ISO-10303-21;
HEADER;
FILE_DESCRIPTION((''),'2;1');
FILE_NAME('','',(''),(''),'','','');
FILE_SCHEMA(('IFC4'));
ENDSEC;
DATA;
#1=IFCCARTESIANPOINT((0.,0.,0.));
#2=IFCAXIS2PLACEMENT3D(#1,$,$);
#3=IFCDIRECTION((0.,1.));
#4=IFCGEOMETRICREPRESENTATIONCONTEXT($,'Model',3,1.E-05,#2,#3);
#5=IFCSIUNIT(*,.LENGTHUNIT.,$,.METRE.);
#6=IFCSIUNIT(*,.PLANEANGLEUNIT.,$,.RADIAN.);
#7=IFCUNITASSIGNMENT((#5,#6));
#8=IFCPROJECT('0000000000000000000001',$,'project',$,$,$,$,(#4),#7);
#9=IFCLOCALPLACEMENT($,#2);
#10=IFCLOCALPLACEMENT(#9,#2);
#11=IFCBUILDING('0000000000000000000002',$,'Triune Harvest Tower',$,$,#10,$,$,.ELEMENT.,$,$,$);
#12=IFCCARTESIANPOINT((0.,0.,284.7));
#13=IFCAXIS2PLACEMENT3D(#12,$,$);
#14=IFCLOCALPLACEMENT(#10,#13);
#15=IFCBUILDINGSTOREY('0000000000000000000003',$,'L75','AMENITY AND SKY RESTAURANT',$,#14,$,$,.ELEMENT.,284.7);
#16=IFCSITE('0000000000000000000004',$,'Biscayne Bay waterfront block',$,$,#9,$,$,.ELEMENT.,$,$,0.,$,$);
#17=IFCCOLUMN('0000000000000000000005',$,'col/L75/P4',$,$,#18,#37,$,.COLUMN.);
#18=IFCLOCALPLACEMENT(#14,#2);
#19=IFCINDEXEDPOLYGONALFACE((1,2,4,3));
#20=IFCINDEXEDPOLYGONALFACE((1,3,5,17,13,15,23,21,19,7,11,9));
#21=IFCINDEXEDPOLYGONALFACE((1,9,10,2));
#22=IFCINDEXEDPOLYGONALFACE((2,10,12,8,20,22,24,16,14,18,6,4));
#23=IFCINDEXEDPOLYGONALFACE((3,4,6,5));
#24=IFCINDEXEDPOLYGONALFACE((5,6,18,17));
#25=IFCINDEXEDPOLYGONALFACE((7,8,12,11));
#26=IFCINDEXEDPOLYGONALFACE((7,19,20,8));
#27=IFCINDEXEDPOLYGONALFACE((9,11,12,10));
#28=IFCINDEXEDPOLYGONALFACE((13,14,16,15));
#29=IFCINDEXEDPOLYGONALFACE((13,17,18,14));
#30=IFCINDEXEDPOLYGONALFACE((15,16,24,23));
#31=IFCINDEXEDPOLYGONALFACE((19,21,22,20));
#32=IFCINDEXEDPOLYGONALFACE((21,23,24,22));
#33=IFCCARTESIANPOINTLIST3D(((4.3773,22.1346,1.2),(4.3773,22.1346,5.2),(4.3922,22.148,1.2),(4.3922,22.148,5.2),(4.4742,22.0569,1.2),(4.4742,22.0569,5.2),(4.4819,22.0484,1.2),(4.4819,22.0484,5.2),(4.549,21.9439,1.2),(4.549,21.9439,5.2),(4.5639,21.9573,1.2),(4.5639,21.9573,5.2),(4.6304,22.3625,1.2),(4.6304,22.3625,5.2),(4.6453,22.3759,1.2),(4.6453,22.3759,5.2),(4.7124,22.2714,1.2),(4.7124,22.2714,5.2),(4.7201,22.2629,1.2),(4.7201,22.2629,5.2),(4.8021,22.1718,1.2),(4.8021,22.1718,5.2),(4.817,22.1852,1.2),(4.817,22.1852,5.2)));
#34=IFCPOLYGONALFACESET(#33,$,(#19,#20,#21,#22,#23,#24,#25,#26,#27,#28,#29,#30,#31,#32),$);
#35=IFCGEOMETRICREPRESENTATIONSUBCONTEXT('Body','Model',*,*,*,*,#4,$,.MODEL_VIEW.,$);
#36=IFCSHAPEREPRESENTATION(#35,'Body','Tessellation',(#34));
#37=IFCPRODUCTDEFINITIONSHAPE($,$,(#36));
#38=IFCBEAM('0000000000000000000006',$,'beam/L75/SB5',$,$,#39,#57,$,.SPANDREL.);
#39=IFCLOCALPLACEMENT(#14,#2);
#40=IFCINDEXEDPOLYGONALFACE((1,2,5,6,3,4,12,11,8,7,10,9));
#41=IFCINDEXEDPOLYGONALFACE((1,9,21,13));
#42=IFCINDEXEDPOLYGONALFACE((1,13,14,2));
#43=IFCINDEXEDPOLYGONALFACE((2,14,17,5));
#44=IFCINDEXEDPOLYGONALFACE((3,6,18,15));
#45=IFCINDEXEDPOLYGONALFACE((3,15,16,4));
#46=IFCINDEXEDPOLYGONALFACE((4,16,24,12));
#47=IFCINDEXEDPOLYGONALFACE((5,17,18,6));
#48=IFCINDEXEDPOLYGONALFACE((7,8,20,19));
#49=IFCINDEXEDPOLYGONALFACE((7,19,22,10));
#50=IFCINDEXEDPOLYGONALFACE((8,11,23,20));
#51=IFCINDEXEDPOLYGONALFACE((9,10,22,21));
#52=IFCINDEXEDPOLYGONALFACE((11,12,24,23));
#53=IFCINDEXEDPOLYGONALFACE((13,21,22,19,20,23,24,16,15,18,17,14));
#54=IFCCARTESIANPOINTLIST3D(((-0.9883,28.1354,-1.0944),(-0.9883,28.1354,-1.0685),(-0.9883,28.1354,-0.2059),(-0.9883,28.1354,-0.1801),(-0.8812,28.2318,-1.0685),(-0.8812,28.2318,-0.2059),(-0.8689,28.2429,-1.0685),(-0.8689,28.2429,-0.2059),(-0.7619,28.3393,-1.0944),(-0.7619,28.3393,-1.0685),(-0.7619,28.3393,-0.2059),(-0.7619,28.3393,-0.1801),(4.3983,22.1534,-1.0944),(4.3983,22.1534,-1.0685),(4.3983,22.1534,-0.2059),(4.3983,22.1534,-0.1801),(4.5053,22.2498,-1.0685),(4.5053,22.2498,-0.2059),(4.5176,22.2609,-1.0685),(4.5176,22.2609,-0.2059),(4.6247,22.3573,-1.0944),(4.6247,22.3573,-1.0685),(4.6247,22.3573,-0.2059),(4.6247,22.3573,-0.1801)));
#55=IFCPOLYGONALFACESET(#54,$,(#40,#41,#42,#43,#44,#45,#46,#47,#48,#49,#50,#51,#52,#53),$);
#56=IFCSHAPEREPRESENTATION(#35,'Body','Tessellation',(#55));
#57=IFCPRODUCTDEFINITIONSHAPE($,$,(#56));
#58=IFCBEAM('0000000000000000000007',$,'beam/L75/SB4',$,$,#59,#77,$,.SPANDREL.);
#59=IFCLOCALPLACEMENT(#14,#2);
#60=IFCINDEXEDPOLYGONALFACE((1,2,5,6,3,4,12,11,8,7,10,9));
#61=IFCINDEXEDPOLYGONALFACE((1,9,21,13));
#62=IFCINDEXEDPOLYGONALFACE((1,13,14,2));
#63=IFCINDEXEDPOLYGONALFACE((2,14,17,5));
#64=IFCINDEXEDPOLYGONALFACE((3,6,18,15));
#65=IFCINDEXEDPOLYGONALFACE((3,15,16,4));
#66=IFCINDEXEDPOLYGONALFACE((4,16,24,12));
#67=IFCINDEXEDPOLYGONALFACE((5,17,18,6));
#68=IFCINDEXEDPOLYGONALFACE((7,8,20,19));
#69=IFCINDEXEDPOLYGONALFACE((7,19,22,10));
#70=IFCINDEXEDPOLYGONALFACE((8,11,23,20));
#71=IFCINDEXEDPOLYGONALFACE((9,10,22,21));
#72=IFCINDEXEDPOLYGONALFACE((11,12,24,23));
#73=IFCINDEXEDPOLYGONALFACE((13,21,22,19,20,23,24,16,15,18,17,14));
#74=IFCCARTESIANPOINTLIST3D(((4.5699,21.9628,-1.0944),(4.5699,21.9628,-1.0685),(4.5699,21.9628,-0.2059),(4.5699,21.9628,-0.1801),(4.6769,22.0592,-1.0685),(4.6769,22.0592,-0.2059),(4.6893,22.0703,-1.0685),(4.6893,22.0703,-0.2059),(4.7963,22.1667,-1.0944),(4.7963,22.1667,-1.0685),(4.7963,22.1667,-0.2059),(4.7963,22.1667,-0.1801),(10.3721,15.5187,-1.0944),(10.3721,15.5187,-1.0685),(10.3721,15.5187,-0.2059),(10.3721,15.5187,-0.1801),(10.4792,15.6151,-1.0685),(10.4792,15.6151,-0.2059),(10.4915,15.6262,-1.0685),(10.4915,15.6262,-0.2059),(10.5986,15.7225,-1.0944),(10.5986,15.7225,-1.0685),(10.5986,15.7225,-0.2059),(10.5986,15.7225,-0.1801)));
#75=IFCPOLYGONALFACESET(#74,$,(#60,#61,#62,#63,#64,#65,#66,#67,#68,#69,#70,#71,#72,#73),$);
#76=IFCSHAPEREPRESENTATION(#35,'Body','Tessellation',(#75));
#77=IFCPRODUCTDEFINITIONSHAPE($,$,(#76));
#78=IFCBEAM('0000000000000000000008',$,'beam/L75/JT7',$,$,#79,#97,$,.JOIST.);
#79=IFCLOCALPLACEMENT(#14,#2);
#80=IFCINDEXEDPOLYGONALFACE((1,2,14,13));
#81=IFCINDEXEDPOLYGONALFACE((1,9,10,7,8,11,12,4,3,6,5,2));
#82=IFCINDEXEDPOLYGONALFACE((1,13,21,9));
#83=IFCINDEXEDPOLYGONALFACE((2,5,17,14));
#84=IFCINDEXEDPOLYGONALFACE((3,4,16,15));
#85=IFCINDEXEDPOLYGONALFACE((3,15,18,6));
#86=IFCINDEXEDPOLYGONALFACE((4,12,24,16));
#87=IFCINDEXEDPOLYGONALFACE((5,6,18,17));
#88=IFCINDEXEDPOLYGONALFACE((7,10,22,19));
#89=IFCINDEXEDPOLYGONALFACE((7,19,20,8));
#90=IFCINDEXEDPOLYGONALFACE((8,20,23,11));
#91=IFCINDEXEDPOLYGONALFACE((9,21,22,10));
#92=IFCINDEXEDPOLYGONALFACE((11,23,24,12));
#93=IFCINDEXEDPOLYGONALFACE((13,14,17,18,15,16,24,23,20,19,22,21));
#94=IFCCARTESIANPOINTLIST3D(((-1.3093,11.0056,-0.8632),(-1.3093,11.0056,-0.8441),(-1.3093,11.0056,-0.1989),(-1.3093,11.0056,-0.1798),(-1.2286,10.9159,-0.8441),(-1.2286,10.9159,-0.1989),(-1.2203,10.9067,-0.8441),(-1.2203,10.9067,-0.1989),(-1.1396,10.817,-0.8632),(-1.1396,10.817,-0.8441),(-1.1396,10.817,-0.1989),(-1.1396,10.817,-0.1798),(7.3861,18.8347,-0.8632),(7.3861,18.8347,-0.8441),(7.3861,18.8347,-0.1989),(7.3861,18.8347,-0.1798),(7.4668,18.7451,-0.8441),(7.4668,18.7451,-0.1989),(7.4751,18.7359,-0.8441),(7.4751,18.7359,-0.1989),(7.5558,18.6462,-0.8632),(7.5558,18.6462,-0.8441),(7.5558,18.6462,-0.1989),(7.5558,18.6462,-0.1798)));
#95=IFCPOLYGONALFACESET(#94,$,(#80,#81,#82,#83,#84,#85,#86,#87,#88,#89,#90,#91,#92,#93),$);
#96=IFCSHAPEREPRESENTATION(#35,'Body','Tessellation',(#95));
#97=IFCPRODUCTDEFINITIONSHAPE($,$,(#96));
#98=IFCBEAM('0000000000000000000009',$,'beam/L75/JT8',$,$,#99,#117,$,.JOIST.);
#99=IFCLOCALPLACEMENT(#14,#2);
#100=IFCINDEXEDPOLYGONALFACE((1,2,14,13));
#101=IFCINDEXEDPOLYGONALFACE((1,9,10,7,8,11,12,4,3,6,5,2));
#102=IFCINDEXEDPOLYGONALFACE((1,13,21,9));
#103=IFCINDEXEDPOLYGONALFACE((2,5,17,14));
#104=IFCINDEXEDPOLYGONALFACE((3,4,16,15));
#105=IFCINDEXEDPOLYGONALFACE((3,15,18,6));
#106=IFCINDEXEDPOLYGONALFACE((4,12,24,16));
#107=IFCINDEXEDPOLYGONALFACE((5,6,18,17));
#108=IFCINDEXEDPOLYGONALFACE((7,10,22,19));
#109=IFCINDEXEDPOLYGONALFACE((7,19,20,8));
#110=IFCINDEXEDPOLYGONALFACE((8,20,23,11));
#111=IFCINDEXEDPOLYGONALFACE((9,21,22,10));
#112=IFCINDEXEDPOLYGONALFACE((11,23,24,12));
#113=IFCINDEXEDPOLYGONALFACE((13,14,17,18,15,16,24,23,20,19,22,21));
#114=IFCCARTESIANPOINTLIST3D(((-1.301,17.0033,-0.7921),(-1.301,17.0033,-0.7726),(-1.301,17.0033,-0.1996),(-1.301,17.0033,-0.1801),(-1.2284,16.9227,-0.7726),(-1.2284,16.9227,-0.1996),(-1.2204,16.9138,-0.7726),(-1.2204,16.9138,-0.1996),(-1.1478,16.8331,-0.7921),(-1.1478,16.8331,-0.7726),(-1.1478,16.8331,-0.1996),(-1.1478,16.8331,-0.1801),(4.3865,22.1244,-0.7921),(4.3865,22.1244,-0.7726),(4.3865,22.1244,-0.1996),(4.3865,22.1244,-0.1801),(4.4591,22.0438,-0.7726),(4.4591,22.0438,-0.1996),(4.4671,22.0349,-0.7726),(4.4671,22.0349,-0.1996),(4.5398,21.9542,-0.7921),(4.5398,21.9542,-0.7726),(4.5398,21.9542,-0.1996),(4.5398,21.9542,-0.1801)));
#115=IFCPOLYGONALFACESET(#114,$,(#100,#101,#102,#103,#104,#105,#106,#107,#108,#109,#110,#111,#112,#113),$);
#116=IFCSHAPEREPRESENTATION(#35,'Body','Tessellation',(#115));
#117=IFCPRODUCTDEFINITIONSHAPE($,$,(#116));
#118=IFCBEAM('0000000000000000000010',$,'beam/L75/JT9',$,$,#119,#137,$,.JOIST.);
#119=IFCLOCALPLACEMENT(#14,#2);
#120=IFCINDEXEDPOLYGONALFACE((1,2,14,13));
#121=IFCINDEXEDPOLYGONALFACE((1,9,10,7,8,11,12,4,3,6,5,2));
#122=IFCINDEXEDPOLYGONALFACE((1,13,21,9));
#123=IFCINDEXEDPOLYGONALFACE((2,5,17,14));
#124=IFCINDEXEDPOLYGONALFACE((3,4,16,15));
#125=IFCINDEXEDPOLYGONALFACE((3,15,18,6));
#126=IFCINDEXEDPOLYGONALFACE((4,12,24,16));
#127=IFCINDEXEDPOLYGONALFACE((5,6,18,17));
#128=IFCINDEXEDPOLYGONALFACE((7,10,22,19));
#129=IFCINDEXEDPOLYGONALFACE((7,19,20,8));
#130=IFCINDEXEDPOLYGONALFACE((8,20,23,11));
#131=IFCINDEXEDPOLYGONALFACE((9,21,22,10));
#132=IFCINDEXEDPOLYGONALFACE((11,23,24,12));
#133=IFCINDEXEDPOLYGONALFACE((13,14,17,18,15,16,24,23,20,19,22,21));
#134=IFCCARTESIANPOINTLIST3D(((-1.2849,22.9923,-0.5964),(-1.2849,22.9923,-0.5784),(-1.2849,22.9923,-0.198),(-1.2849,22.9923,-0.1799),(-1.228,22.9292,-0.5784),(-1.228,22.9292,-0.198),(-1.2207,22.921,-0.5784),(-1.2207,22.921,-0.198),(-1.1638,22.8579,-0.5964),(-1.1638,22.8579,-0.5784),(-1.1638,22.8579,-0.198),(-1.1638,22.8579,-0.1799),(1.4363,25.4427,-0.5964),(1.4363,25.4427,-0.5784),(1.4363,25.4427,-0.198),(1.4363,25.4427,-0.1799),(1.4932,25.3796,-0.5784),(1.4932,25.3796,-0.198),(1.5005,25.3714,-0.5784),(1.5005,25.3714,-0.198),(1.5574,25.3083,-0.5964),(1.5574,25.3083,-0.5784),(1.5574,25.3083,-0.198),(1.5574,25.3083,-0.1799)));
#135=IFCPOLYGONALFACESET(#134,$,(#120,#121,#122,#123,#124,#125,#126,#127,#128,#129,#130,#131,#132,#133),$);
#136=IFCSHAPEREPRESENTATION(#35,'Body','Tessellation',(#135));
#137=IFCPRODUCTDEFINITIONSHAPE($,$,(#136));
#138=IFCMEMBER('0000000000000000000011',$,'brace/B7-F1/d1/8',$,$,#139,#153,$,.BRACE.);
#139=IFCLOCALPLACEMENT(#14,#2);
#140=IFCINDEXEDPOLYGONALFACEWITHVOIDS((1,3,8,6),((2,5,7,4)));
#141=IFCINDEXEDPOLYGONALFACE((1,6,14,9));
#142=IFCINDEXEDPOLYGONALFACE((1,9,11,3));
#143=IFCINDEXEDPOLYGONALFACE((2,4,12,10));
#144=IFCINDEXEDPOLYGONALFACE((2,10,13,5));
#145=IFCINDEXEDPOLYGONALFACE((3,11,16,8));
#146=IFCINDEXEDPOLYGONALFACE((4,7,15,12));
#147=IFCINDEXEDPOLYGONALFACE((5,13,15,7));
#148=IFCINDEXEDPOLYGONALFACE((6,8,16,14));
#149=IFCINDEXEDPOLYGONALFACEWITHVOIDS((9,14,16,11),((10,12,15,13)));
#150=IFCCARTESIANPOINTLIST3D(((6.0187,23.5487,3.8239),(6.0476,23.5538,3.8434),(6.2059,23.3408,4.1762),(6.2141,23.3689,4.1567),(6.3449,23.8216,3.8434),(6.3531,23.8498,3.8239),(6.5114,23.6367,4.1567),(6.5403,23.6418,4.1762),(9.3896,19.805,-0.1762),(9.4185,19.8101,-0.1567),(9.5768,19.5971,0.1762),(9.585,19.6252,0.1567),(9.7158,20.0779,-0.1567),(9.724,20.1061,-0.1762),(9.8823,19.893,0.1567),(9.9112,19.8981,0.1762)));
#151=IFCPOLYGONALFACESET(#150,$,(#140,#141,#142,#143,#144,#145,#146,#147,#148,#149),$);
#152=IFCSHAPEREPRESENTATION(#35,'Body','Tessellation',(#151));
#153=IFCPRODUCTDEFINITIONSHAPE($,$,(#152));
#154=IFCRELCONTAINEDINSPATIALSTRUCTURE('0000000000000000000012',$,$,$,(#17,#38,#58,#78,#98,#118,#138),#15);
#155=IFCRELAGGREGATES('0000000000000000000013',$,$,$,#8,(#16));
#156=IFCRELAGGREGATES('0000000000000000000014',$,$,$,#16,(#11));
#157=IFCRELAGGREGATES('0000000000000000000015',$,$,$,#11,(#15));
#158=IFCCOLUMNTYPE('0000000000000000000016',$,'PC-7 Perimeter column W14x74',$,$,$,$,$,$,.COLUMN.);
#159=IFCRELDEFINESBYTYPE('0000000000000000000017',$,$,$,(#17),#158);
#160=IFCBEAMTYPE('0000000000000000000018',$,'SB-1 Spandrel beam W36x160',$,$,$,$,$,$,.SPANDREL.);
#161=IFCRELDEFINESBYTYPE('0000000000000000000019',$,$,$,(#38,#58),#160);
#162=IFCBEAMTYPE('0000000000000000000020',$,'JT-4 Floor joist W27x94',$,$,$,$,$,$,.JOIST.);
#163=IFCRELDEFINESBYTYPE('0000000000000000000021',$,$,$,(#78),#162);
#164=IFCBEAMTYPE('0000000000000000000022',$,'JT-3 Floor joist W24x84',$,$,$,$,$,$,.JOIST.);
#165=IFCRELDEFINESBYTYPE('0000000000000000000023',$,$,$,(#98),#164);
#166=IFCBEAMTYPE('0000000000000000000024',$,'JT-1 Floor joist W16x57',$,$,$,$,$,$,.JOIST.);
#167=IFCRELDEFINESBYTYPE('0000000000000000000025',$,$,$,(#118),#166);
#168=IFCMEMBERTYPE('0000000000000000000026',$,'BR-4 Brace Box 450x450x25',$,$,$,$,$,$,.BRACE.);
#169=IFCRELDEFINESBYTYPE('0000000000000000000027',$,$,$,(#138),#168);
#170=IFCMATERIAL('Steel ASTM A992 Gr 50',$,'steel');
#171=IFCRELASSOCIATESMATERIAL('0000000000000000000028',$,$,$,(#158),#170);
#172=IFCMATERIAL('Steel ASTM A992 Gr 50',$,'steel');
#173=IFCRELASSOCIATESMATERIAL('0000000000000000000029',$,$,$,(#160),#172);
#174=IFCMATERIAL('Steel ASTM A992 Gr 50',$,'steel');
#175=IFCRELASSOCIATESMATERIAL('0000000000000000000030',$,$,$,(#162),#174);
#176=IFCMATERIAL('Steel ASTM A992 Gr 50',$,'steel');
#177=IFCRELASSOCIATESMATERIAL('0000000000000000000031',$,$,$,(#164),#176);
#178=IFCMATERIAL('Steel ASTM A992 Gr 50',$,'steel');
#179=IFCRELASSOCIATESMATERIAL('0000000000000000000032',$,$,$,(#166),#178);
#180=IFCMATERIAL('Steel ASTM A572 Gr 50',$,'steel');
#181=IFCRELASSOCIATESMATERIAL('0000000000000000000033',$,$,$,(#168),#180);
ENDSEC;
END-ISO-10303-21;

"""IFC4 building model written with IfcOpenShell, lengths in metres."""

from ifc_helpers import new_model, si_unit, direction, frame, origin, origin_2d, place, context, subcontext, project, spatial, hollow_rectangle, i_section, extrude, source, transform, mapped, material, material_profile, profile_set, type_object, element, save


model = new_model("IFC4")

# Units and contexts
model_context = context("Model", 3, precision=1e-05, world=origin(), true_north=direction((0.0, 1.0)))
body_context = subcontext(model_context, "Body", "Model", "MODEL_VIEW")
ifc_project = project(units=[si_unit("LENGTHUNIT", "METRE"), si_unit("PLANEANGLEUNIT", "RADIAN")], contexts=[model_context])

# Site, building, storey
site_placement = place(None, origin())
site = spatial("IfcSite", under=ifc_project, at=site_placement, Name="Biscayne Bay waterfront block", CompositionType="ELEMENT", RefElevation=0.0)
building_placement = place(site_placement, origin())
building = spatial("IfcBuilding", under=site, at=building_placement, Name="Triune Harvest Tower", CompositionType="ELEMENT")
storey_placement = place(building_placement, frame((0.0, 0.0, 284.7)))
storey = spatial("IfcBuildingStorey", under=building, at=storey_placement, Name="L75", Description="AMENITY AND SKY RESTAURANT", CompositionType="ELEMENT", Elevation=284.7)

# Column
ifc_material_1 = material(Name="Steel ASTM A992 Gr 50", Category="steel")
ifc_material_profile_1 = material_profile(ifc_material_1, i_section(OverallWidth=0.2566, OverallDepth=0.3606, WebThickness=0.0115, FlangeThickness=0.02, at=origin_2d()), Name="W14x74")
ifc_profile_set_1 = profile_set([ifc_material_profile_1], Name="Steel ASTM A992 Gr 50")
column_type = type_object("IfcColumnType", Name="PC-7 Perimeter column W14x74", PredefinedType="COLUMN", material=ifc_profile_set_1)
shared_shape_1 = source(origin(), body_context, "Body", "SweptSolid", [
    extrude(i_section(OverallWidth=0.2566, OverallDepth=0.3606, WebThickness=0.0115, FlangeThickness=0.02, at=origin_2d()), origin(), (0.0, 0.0, 1.0), 4.0),
])
column_placement = place(storey_placement, frame((4.5972, 22.1599, 1.2), z_axis=(0.0, 0.0, 1.0), x_axis=(-0.669131, 0.743145, 0.0)))
element("IfcColumn", 1, at=column_placement, inside=storey, type_object=column_type, Name="col/L75/P4", PredefinedType="COLUMN", context=body_context, shape_type="MappedRepresentation", body=[
    mapped(shared_shape_1, transform((0.0, 0.0, 0.0), scale=1.0)),
])

# Beams
ifc_material_2 = material(Name="Steel ASTM A992 Gr 50", Category="steel")
ifc_material_profile_2 = material_profile(ifc_material_2, i_section(OverallWidth=0.3047, OverallDepth=0.9143, WebThickness=0.0166, FlangeThickness=0.0259, at=origin_2d()), Name="W36x160")
ifc_profile_set_2 = profile_set([ifc_material_profile_2], Name="Steel ASTM A992 Gr 50")
beam_type_1 = type_object("IfcBeamType", Name="SB-1 Spandrel beam W36x160", PredefinedType="SPANDREL", material=ifc_profile_set_2)
shared_shape_2 = source(origin(), body_context, "Body", "SweptSolid", [
    extrude(i_section(OverallWidth=0.3047, OverallDepth=0.9143, WebThickness=0.0166, FlangeThickness=0.0259, at=origin_2d()), origin(), (0.0, 0.0, 1.0), 8.0498),
])
beam_1_placement = place(storey_placement, frame((4.5115, 22.2554, -0.6372), z_axis=(-0.669152, 0.743125, 0.0), x_axis=(-0.743125, -0.669152, 0.0)))
element("IfcBeam", 2, at=beam_1_placement, inside=storey, type_object=beam_type_1, Name="beam/L75/SB5", PredefinedType="SPANDREL", context=body_context, shape_type="MappedRepresentation", body=[
    mapped(shared_shape_2, transform((0.0, 0.0, 0.0), scale=1.0)),
])
shared_shape_3 = source(origin(), body_context, "Body", "SweptSolid", [
    extrude(i_section(OverallWidth=0.3047, OverallDepth=0.9143, WebThickness=0.0166, FlangeThickness=0.0259, at=origin_2d()), origin(), (0.0, 0.0, 1.0), 8.6714),
])
beam_2_placement = place(storey_placement, frame((10.4854, 15.6206, -0.6372), z_axis=(-0.669128, 0.743147, 0.0), x_axis=(-0.743147, -0.669128, 0.0)))
element("IfcBeam", 3, at=beam_2_placement, inside=storey, type_object=beam_type_1, Name="beam/L75/SB4", PredefinedType="SPANDREL", context=body_context, shape_type="MappedRepresentation", body=[
    mapped(shared_shape_3, transform((0.0, 0.0, 0.0), scale=1.0)),
])
ifc_material_3 = material(Name="Steel ASTM A992 Gr 50", Category="steel")
ifc_material_profile_3 = material_profile(ifc_material_3, i_section(OverallWidth=0.2537, OverallDepth=0.6833, WebThickness=0.0125, FlangeThickness=0.019, at=origin_2d()), Name="W27x94")
ifc_profile_set_3 = profile_set([ifc_material_profile_3], Name="Steel ASTM A992 Gr 50")
beam_type_2 = type_object("IfcBeamType", Name="JT-4 Floor joist W27x94", PredefinedType="JOIST", material=ifc_profile_set_3)
shared_shape_4 = source(origin(), body_context, "Body", "SweptSolid", [
    extrude(i_section(OverallWidth=0.2537, OverallDepth=0.6833, WebThickness=0.0125, FlangeThickness=0.019, at=origin_2d()), origin(), (0.0, 0.0, 1.0), 11.7007),
])
beam_3_placement = place(storey_placement, frame((7.4709, 18.7405, -0.5215), z_axis=(-0.743153, -0.669121, 0.0), x_axis=(0.669121, -0.743153, 0.0)))
element("IfcBeam", 4, at=beam_3_placement, inside=storey, type_object=beam_type_2, Name="beam/L75/JT7", PredefinedType="JOIST", context=body_context, shape_type="MappedRepresentation", body=[
    mapped(shared_shape_4, transform((0.0, 0.0, 0.0), scale=1.0)),
])
ifc_material_4 = material(Name="Steel ASTM A992 Gr 50", Category="steel")
ifc_material_profile_4 = material_profile(ifc_material_4, i_section(OverallWidth=0.229, OverallDepth=0.6121, WebThickness=0.012, FlangeThickness=0.0195, at=origin_2d()), Name="W24x84")
ifc_profile_set_4 = profile_set([ifc_material_profile_4], Name="Steel ASTM A992 Gr 50")
beam_type_3 = type_object("IfcBeamType", Name="JT-3 Floor joist W24x84", PredefinedType="JOIST", material=ifc_profile_set_4)
shared_shape_5 = source(origin(), body_context, "Body", "SweptSolid", [
    extrude(i_section(OverallWidth=0.229, OverallDepth=0.6121, WebThickness=0.012, FlangeThickness=0.0195, at=origin_2d()), origin(), (0.0, 0.0, 1.0), 7.6533),
])
beam_4_placement = place(storey_placement, frame((4.4631, 22.0393, -0.4861), z_axis=(-0.743142, -0.669134, 0.0), x_axis=(0.669134, -0.743142, 0.0)))
element("IfcBeam", 5, at=beam_4_placement, inside=storey, type_object=beam_type_3, Name="beam/L75/JT8", PredefinedType="JOIST", context=body_context, shape_type="MappedRepresentation", body=[
    mapped(shared_shape_5, transform((0.0, 0.0, 0.0), scale=1.0)),
])
ifc_material_5 = material(Name="Steel ASTM A992 Gr 50", Category="steel")
ifc_material_profile_5 = material_profile(ifc_material_5, i_section(OverallWidth=0.1809, OverallDepth=0.4165, WebThickness=0.011, FlangeThickness=0.0181, at=origin_2d()), Name="W16x57")
ifc_profile_set_5 = profile_set([ifc_material_profile_5], Name="Steel ASTM A992 Gr 50")
beam_type_4 = type_object("IfcBeamType", Name="JT-1 Floor joist W16x57", PredefinedType="JOIST", material=ifc_profile_set_5)
shared_shape_6 = source(origin(), body_context, "Body", "SweptSolid", [
    extrude(i_section(OverallWidth=0.1809, OverallDepth=0.4165, WebThickness=0.011, FlangeThickness=0.0181, at=origin_2d()), origin(), (0.0, 0.0, 1.0), 3.6619),
])
beam_5_placement = place(storey_placement, frame((1.4968, 25.3755, -0.3882), z_axis=(-0.743108, -0.669171, 0.0), x_axis=(0.669171, -0.743108, 0.0)))
element("IfcBeam", 6, at=beam_5_placement, inside=storey, type_object=beam_type_4, Name="beam/L75/JT9", PredefinedType="JOIST", context=body_context, shape_type="MappedRepresentation", body=[
    mapped(shared_shape_6, transform((0.0, 0.0, 0.0), scale=1.0)),
])

# Member
ifc_material_6 = material(Name="Steel ASTM A572 Gr 50", Category="steel")
ifc_material_profile_6 = material_profile(ifc_material_6, hollow_rectangle(XDim=0.45, YDim=0.45, WallThickness=0.0249, at=origin_2d()), Name="Box 450x450x25")
ifc_profile_set_6 = profile_set([ifc_material_profile_6], Name="Steel ASTM A572 Gr 50")
member_type_1 = type_object("IfcMemberType", Name="BR-4 Brace Box 450x450x25", PredefinedType="BRACE", material=ifc_profile_set_6)
shared_shape_7 = source(origin(), body_context, "Body", "SweptSolid", [
    extrude(hollow_rectangle(XDim=0.45, YDim=0.45, WallThickness=0.0249, at=origin_2d()), origin(), (0.0, 0.0, 1.0), 6.4326),
])
member_1_placement = place(storey_placement, frame((9.6504, 19.8516, 0.0), z_axis=(-0.524031, 0.581987, 0.621838), x_axis=(-0.74314, -0.669136, 0.0)))
element("IfcMember", 7, at=member_1_placement, inside=storey, type_object=member_type_1, Name="brace/B7-F1/d1/8", PredefinedType="BRACE", context=body_context, shape_type="MappedRepresentation", body=[
    mapped(shared_shape_7, transform((0.0, 0.0, 0.0), scale=1.0)),
])

save(model, "model.ifc")
